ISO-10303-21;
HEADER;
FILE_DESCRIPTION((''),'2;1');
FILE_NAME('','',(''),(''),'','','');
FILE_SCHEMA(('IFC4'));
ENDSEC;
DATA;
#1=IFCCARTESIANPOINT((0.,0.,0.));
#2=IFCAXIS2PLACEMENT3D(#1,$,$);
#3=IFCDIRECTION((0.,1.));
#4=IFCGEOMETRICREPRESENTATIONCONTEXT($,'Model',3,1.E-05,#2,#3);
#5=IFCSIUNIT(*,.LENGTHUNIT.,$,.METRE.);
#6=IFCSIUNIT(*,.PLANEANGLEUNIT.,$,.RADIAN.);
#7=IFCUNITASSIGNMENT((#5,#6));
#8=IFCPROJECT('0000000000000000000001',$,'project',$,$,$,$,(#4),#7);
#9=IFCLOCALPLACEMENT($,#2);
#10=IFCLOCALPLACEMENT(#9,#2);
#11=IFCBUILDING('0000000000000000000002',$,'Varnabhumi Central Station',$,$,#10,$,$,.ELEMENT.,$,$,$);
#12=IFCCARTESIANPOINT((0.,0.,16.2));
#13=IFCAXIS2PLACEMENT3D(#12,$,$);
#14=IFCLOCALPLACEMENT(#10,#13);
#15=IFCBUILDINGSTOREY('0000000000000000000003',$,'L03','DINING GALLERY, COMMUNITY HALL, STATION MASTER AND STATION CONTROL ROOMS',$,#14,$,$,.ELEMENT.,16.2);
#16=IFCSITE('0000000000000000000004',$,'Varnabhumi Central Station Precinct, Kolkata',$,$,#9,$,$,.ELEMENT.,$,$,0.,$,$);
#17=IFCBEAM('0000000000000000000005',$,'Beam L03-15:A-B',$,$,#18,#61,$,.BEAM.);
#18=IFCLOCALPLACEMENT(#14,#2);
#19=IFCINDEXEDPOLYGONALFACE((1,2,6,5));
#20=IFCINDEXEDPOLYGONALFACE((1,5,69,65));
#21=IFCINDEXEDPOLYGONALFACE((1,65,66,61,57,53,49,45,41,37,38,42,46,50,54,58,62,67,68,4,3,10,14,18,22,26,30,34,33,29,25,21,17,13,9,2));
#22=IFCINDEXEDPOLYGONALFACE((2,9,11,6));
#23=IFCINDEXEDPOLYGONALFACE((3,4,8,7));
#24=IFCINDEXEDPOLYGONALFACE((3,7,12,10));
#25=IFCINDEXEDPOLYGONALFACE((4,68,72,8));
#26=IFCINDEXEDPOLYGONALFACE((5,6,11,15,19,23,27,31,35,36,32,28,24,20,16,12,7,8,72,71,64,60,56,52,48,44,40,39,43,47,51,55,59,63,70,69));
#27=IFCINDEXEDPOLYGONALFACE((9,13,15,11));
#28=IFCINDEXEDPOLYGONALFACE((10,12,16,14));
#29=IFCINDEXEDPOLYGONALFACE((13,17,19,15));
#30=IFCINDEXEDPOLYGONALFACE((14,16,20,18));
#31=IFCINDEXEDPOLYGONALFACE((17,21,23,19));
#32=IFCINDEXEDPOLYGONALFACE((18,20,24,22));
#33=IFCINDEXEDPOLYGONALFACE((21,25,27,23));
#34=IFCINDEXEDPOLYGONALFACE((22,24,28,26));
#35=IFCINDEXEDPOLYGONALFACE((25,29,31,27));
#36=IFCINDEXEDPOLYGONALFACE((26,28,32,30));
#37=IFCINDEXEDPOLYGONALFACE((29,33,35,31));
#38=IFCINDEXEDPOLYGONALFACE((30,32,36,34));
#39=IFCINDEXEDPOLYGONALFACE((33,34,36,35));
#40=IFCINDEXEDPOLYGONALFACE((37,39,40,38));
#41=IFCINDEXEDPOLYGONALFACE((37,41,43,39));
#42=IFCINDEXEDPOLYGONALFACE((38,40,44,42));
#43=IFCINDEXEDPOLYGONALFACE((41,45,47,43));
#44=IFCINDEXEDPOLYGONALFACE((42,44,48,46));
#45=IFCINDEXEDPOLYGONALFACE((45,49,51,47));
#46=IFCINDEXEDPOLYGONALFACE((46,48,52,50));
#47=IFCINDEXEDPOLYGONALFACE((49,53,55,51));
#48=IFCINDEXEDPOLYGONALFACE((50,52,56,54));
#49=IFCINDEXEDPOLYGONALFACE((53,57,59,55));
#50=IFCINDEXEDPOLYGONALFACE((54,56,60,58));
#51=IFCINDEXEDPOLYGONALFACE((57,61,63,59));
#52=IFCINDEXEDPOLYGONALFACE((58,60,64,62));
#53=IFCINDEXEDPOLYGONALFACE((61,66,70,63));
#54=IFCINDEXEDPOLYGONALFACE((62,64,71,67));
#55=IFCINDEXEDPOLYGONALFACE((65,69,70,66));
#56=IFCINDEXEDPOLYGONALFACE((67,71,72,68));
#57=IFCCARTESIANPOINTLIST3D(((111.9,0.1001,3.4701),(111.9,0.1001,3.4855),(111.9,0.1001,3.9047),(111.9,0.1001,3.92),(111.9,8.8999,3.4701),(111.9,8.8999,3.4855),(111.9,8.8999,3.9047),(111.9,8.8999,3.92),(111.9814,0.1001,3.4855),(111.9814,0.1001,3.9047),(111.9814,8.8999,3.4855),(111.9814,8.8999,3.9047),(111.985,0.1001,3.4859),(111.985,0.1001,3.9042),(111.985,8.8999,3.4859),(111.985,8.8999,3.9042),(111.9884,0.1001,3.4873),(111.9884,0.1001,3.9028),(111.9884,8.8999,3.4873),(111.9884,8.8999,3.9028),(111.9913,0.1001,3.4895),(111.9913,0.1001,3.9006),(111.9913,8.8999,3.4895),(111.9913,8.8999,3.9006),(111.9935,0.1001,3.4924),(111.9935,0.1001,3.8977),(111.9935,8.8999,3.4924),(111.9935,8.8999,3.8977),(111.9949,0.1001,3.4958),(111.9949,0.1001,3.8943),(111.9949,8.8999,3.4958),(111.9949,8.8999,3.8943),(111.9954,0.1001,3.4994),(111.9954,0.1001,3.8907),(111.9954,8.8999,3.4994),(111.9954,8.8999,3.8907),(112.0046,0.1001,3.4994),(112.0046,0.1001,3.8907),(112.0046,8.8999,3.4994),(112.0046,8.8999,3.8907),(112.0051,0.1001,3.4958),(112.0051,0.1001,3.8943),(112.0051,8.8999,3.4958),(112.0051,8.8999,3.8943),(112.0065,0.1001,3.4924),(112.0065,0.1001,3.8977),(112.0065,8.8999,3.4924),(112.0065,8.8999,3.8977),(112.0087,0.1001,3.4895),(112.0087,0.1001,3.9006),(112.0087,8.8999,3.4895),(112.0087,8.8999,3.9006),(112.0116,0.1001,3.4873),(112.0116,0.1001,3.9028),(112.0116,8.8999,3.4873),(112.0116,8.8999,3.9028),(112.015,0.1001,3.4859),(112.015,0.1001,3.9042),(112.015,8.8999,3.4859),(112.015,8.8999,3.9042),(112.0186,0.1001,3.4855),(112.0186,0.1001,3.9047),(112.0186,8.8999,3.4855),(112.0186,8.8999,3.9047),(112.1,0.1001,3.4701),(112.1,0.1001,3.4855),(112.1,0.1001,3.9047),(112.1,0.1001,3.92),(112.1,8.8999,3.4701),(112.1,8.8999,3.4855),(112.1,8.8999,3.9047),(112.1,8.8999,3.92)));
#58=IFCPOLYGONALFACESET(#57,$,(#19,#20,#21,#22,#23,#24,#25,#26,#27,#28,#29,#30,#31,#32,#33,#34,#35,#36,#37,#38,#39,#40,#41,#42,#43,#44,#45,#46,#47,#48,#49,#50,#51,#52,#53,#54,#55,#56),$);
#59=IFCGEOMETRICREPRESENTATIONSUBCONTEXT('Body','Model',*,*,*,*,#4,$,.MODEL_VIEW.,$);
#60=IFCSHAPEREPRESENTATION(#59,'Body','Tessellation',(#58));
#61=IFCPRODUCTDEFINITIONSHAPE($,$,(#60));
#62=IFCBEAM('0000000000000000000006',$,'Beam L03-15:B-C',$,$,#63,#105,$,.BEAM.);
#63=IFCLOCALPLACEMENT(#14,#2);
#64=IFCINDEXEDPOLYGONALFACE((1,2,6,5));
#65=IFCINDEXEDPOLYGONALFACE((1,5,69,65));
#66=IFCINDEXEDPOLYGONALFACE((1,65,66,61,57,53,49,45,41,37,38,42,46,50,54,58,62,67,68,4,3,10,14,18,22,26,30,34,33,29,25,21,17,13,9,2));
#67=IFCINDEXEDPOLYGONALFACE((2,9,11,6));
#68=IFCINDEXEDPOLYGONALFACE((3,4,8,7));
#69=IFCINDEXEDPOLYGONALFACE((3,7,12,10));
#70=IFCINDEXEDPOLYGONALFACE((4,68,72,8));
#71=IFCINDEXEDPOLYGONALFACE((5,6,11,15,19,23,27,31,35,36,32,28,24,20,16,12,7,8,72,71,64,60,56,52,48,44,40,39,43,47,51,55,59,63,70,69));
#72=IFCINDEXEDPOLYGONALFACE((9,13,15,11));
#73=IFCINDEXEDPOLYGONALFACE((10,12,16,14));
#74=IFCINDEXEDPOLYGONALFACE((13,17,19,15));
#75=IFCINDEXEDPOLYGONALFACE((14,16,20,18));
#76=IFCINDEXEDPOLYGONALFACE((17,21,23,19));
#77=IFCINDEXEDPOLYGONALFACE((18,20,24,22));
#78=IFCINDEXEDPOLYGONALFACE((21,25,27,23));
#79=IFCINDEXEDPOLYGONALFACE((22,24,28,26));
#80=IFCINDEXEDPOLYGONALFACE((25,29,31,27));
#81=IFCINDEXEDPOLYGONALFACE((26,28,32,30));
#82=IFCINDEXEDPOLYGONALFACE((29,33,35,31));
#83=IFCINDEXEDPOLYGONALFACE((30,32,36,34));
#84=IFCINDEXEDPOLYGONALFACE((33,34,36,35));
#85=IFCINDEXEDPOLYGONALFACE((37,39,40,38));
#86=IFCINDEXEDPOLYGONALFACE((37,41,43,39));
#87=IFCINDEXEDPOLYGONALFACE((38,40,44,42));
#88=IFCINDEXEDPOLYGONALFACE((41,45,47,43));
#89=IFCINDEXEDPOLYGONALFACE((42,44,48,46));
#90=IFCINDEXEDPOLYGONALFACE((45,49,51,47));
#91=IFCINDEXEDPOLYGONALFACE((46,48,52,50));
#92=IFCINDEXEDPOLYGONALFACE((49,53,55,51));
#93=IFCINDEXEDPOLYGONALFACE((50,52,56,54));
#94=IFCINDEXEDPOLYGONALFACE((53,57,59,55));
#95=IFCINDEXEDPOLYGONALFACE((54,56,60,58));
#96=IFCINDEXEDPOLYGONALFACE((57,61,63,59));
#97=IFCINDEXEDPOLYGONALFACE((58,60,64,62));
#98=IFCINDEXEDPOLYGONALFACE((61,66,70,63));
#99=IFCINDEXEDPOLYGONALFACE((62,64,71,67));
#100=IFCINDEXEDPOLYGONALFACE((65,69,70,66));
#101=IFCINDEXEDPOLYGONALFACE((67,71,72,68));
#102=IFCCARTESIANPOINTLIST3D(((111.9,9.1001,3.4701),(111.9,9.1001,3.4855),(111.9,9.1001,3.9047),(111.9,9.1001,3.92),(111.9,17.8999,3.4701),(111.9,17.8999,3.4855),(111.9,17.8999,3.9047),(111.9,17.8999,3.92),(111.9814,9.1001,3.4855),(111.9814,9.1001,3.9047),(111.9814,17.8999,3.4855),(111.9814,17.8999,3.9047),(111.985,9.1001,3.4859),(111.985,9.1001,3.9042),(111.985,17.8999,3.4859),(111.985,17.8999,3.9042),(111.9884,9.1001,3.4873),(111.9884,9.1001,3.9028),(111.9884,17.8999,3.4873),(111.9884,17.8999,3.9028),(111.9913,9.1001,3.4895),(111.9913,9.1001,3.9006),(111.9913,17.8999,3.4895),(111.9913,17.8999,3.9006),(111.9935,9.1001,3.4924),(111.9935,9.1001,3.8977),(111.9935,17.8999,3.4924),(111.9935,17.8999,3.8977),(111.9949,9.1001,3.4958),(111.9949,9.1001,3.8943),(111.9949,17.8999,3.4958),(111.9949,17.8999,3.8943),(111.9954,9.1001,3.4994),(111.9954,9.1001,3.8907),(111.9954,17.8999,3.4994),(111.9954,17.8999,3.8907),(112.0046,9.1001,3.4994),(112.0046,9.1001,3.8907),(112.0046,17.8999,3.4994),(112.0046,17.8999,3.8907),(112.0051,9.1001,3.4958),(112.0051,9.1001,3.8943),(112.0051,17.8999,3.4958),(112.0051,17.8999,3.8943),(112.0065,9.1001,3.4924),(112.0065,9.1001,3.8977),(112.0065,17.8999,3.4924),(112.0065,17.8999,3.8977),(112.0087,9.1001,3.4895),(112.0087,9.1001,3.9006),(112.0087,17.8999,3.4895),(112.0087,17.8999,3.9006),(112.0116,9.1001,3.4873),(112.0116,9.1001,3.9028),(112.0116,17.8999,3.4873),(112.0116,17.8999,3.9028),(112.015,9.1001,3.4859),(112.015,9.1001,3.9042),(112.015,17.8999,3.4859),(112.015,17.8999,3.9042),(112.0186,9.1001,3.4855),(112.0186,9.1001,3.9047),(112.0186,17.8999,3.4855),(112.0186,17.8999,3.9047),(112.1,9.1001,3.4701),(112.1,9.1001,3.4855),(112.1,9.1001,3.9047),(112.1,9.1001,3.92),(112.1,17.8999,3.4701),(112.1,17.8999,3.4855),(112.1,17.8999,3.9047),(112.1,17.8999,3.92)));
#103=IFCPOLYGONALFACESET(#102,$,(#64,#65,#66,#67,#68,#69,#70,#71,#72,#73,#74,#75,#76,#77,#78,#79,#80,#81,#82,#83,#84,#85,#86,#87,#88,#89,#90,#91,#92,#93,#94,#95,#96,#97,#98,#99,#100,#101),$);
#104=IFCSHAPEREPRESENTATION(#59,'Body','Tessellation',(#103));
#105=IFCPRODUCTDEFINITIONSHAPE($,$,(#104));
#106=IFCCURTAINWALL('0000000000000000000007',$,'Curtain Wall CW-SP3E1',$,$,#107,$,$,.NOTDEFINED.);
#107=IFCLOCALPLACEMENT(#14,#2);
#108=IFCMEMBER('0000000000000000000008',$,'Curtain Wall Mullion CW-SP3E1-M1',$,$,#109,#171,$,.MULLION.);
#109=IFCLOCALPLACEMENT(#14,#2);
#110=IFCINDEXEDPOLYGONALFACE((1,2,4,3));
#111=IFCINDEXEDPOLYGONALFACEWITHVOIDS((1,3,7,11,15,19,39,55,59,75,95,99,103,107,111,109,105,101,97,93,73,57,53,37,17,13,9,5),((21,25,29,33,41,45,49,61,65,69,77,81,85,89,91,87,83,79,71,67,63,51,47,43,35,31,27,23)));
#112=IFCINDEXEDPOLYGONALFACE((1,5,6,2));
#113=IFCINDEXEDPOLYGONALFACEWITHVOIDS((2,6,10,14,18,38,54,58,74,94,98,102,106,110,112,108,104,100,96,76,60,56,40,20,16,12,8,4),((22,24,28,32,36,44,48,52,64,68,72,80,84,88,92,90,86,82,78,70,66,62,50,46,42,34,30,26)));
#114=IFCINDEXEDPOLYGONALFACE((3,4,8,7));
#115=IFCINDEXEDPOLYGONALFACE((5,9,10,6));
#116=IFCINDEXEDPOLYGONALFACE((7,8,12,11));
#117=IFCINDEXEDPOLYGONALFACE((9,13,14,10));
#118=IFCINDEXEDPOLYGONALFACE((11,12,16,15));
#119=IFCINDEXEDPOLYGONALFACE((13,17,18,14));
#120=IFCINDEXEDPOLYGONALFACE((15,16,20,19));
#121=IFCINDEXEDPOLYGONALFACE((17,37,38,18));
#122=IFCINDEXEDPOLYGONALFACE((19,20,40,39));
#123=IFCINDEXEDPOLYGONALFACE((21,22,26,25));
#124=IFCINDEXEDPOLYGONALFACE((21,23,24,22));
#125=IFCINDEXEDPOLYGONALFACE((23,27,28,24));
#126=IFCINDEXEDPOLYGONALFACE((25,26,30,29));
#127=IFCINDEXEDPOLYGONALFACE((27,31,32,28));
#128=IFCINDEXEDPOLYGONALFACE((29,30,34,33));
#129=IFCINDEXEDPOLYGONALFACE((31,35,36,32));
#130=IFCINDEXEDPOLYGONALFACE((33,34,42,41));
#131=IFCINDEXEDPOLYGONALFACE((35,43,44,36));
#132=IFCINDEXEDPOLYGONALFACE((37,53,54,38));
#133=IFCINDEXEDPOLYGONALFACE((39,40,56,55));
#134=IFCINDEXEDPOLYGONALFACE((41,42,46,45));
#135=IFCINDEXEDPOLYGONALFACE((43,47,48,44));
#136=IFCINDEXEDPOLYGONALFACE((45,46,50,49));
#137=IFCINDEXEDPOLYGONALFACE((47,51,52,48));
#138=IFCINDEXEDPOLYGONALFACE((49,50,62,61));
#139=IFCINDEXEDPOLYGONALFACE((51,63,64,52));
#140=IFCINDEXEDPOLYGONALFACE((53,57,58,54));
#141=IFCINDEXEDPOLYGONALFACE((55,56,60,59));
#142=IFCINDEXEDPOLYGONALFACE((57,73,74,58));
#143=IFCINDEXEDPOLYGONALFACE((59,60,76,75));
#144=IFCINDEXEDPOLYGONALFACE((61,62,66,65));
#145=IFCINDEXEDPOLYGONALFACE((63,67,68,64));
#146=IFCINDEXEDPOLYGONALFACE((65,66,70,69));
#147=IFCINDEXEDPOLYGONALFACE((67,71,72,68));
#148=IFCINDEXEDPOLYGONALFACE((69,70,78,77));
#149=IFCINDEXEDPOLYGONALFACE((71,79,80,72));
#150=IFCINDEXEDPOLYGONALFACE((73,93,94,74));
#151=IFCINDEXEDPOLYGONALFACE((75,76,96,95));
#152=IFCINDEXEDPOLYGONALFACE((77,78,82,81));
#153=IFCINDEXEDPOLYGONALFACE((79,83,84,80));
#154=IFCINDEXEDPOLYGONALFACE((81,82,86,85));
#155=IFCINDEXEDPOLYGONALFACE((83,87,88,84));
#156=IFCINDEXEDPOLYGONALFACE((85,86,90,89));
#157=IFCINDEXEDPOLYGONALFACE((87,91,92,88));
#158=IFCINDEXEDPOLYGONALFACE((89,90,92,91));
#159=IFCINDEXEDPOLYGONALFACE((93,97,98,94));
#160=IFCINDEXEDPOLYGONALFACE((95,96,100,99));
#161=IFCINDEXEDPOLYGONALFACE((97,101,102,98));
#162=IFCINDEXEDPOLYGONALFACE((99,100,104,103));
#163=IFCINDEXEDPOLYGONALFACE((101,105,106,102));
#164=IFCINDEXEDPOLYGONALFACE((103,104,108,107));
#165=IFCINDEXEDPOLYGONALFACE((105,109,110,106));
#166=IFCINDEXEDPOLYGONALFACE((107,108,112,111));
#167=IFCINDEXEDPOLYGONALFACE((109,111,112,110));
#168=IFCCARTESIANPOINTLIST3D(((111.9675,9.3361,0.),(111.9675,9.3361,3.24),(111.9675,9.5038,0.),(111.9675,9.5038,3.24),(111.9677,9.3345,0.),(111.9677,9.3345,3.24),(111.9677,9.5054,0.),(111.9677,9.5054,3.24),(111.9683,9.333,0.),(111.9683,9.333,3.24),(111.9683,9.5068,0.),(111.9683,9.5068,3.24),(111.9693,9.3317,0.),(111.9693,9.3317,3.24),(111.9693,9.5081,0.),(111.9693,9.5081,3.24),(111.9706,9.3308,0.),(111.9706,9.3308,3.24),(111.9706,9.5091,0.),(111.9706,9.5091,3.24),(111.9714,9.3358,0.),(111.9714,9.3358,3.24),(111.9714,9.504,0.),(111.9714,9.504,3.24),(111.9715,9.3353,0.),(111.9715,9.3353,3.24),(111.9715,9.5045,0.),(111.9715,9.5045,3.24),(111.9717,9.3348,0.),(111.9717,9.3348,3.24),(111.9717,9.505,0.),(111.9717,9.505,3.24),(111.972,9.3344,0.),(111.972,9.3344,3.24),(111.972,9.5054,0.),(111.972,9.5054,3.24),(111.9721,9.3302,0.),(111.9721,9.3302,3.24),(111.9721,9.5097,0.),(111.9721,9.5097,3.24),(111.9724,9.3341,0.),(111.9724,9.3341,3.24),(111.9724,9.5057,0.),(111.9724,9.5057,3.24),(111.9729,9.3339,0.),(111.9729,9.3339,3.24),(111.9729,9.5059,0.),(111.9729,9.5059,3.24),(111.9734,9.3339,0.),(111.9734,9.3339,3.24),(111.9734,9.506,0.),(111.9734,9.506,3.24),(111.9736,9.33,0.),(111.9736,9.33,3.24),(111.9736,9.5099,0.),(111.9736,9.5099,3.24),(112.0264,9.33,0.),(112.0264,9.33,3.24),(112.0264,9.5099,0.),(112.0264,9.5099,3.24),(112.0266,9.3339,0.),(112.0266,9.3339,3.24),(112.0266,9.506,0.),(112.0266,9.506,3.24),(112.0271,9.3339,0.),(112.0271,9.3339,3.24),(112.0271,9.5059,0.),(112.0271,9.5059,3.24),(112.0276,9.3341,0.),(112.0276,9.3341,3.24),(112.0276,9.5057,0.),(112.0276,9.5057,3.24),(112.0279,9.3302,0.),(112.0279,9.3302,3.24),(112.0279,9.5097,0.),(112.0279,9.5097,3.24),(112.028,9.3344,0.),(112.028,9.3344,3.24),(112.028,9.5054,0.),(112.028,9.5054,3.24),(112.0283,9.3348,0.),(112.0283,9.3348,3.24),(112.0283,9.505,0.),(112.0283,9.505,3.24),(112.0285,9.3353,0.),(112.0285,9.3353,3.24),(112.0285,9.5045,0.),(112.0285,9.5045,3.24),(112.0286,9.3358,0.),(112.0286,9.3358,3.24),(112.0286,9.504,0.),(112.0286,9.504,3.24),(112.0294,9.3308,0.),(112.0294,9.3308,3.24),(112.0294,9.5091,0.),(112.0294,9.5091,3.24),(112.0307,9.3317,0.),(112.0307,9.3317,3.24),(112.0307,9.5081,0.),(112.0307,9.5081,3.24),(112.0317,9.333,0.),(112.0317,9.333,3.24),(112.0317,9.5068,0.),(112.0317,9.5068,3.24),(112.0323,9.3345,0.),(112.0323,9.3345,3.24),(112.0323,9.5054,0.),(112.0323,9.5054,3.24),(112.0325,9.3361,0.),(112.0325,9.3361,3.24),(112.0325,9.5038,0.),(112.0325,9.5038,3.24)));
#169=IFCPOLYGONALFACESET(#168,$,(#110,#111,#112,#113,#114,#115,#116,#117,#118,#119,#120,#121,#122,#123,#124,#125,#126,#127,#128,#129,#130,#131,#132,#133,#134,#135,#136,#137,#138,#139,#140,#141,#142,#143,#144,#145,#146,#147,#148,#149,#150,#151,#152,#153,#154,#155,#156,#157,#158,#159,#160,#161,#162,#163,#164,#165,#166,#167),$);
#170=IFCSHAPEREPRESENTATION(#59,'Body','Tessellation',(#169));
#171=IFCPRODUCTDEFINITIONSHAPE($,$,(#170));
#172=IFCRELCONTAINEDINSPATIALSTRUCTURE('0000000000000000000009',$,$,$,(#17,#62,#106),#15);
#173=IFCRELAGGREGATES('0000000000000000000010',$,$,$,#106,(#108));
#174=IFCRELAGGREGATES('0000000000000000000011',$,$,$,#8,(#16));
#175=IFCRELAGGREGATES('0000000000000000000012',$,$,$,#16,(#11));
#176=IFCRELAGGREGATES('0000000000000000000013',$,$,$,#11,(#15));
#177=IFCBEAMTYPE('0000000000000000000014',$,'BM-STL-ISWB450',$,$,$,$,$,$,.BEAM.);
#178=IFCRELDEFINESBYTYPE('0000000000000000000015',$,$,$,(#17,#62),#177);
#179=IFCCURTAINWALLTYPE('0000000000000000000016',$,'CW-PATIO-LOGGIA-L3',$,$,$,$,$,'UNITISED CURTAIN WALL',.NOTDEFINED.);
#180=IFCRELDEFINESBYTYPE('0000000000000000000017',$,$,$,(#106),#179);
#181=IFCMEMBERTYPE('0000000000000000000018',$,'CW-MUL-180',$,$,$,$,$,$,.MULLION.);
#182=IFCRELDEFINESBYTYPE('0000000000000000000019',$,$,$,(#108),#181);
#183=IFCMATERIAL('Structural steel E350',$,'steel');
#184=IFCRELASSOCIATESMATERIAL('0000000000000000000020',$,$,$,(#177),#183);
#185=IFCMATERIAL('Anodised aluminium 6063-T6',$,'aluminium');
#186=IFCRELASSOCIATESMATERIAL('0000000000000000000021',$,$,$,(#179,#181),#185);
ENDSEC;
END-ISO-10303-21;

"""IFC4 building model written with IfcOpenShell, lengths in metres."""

from ifc_helpers import new_model, si_unit, direction, frame, origin, origin_2d, place, context, subcontext, project, spatial, hollow_rectangle, i_section, extrude, material, material_profile, profile_set, type_object, element, aggregate, save


model = new_model("IFC4")

# Units and contexts
model_context = context("Model", 3, precision=1e-05, world=origin(), true_north=direction((0.0, 1.0)))
body_context = subcontext(model_context, "Body", "Model", "MODEL_VIEW")
ifc_project = project(units=[si_unit("LENGTHUNIT", "METRE"), si_unit("PLANEANGLEUNIT", "RADIAN")], contexts=[model_context])

# Site, building, storey
site_placement = place(None, origin())
site = spatial("IfcSite", under=ifc_project, at=site_placement, Name="Varnabhumi Central Station Precinct, Kolkata", CompositionType="ELEMENT", RefElevation=0.0)
building_placement = place(site_placement, origin())
building = spatial("IfcBuilding", under=site, at=building_placement, Name="Varnabhumi Central Station", CompositionType="ELEMENT")
storey_placement = place(building_placement, frame((0.0, 0.0, 16.2)))
storey = spatial("IfcBuildingStorey", under=building, at=storey_placement, Name="L03", Description="DINING GALLERY, COMMUNITY HALL, STATION MASTER AND STATION CONTROL ROOMS", CompositionType="ELEMENT", Elevation=16.2)

# Beams
ifc_material_1 = material(Name="Structural steel E350", Category="steel")
ifc_material_profile_1 = material_profile(ifc_material_1, i_section(OverallWidth=0.2, OverallDepth=0.45, WebThickness=0.0093, FlangeThickness=0.0154, FilletRadius=0.0139, at=origin_2d()), Name="Structural steel E350", Category="steel")
ifc_profile_set_1 = profile_set([ifc_material_profile_1], Name="Structural steel E350")
beam_type_1 = type_object("IfcBeamType", Name="BM-STL-ISWB450", PredefinedType="BEAM", material=ifc_profile_set_1)
for number, where, z_axis, x_axis, name in (
    (1, (112.0, 0.1001, 3.6951), (0.0, 1.0, 0.0), (-1.0, 0.0, 0.0), "Beam L03-15:A-B"),
    (2, (112.0, 9.1001, 3.6951), (0.0, 1.0, 0.0), (-1.0, 0.0, 0.0), "Beam L03-15:B-C"),
):
    element("IfcBeam", number, at=place(storey_placement, frame(where, z_axis=z_axis, x_axis=x_axis)), inside=storey, type_object=beam_type_1, Name=name, PredefinedType="BEAM", context=body_context, shape_type="SweptSolid", body=[
        extrude(i_section(OverallWidth=0.2, OverallDepth=0.45, WebThickness=0.0093, FlangeThickness=0.0154, FilletRadius=0.0139, at=origin_2d()), origin(), (0.0, 0.0, 1.0), 8.7998),
    ])

# Curtain wall, member
ifc_material_2 = material(Name="Anodised aluminium 6063-T6", Category="aluminium")
curtain_wall_type = type_object("IfcCurtainWallType", Name="CW-PATIO-LOGGIA-L3", ElementType="UNITISED CURTAIN WALL", PredefinedType="NOTDEFINED", material=ifc_material_2)
curtain_wall_1_placement = place(storey_placement, origin())
curtain_wall_1 = element("IfcCurtainWall", 3, at=curtain_wall_1_placement, inside=storey, type_object=curtain_wall_type, Name="Curtain Wall CW-SP3E1", PredefinedType="NOTDEFINED")
ifc_material_profile_2 = material_profile(ifc_material_2, hollow_rectangle(XDim=0.0649, YDim=0.1799, WallThickness=0.0039, InnerFilletRadius=0.002, OuterFilletRadius=0.0061, at=origin_2d()), Name="Anodised aluminium 6063-T6", Category="aluminium")
ifc_profile_set_2 = profile_set([ifc_material_profile_2], Name="Anodised aluminium 6063-T6")
member_type_1 = type_object("IfcMemberType", Name="CW-MUL-180", PredefinedType="MULLION", material=ifc_profile_set_2)
member_1_placement = place(storey_placement, frame((112.0, 9.4199, 0.0), z_axis=(0.0, 0.0, 1.0), x_axis=(1.0, 0.0, 0.0)))
member_1 = element("IfcMember", 4, at=member_1_placement, type_object=member_type_1, Name="Curtain Wall Mullion CW-SP3E1-M1", PredefinedType="MULLION", context=body_context, shape_type="SweptSolid", body=[
    extrude(hollow_rectangle(XDim=0.0649, YDim=0.1799, WallThickness=0.0039, InnerFilletRadius=0.002, OuterFilletRadius=0.0061, at=origin_2d()), origin(), (0.0, 0.0, 1.0), 3.24),
])

aggregate(curtain_wall_1, [member_1])

save(model, "model.ifc")
